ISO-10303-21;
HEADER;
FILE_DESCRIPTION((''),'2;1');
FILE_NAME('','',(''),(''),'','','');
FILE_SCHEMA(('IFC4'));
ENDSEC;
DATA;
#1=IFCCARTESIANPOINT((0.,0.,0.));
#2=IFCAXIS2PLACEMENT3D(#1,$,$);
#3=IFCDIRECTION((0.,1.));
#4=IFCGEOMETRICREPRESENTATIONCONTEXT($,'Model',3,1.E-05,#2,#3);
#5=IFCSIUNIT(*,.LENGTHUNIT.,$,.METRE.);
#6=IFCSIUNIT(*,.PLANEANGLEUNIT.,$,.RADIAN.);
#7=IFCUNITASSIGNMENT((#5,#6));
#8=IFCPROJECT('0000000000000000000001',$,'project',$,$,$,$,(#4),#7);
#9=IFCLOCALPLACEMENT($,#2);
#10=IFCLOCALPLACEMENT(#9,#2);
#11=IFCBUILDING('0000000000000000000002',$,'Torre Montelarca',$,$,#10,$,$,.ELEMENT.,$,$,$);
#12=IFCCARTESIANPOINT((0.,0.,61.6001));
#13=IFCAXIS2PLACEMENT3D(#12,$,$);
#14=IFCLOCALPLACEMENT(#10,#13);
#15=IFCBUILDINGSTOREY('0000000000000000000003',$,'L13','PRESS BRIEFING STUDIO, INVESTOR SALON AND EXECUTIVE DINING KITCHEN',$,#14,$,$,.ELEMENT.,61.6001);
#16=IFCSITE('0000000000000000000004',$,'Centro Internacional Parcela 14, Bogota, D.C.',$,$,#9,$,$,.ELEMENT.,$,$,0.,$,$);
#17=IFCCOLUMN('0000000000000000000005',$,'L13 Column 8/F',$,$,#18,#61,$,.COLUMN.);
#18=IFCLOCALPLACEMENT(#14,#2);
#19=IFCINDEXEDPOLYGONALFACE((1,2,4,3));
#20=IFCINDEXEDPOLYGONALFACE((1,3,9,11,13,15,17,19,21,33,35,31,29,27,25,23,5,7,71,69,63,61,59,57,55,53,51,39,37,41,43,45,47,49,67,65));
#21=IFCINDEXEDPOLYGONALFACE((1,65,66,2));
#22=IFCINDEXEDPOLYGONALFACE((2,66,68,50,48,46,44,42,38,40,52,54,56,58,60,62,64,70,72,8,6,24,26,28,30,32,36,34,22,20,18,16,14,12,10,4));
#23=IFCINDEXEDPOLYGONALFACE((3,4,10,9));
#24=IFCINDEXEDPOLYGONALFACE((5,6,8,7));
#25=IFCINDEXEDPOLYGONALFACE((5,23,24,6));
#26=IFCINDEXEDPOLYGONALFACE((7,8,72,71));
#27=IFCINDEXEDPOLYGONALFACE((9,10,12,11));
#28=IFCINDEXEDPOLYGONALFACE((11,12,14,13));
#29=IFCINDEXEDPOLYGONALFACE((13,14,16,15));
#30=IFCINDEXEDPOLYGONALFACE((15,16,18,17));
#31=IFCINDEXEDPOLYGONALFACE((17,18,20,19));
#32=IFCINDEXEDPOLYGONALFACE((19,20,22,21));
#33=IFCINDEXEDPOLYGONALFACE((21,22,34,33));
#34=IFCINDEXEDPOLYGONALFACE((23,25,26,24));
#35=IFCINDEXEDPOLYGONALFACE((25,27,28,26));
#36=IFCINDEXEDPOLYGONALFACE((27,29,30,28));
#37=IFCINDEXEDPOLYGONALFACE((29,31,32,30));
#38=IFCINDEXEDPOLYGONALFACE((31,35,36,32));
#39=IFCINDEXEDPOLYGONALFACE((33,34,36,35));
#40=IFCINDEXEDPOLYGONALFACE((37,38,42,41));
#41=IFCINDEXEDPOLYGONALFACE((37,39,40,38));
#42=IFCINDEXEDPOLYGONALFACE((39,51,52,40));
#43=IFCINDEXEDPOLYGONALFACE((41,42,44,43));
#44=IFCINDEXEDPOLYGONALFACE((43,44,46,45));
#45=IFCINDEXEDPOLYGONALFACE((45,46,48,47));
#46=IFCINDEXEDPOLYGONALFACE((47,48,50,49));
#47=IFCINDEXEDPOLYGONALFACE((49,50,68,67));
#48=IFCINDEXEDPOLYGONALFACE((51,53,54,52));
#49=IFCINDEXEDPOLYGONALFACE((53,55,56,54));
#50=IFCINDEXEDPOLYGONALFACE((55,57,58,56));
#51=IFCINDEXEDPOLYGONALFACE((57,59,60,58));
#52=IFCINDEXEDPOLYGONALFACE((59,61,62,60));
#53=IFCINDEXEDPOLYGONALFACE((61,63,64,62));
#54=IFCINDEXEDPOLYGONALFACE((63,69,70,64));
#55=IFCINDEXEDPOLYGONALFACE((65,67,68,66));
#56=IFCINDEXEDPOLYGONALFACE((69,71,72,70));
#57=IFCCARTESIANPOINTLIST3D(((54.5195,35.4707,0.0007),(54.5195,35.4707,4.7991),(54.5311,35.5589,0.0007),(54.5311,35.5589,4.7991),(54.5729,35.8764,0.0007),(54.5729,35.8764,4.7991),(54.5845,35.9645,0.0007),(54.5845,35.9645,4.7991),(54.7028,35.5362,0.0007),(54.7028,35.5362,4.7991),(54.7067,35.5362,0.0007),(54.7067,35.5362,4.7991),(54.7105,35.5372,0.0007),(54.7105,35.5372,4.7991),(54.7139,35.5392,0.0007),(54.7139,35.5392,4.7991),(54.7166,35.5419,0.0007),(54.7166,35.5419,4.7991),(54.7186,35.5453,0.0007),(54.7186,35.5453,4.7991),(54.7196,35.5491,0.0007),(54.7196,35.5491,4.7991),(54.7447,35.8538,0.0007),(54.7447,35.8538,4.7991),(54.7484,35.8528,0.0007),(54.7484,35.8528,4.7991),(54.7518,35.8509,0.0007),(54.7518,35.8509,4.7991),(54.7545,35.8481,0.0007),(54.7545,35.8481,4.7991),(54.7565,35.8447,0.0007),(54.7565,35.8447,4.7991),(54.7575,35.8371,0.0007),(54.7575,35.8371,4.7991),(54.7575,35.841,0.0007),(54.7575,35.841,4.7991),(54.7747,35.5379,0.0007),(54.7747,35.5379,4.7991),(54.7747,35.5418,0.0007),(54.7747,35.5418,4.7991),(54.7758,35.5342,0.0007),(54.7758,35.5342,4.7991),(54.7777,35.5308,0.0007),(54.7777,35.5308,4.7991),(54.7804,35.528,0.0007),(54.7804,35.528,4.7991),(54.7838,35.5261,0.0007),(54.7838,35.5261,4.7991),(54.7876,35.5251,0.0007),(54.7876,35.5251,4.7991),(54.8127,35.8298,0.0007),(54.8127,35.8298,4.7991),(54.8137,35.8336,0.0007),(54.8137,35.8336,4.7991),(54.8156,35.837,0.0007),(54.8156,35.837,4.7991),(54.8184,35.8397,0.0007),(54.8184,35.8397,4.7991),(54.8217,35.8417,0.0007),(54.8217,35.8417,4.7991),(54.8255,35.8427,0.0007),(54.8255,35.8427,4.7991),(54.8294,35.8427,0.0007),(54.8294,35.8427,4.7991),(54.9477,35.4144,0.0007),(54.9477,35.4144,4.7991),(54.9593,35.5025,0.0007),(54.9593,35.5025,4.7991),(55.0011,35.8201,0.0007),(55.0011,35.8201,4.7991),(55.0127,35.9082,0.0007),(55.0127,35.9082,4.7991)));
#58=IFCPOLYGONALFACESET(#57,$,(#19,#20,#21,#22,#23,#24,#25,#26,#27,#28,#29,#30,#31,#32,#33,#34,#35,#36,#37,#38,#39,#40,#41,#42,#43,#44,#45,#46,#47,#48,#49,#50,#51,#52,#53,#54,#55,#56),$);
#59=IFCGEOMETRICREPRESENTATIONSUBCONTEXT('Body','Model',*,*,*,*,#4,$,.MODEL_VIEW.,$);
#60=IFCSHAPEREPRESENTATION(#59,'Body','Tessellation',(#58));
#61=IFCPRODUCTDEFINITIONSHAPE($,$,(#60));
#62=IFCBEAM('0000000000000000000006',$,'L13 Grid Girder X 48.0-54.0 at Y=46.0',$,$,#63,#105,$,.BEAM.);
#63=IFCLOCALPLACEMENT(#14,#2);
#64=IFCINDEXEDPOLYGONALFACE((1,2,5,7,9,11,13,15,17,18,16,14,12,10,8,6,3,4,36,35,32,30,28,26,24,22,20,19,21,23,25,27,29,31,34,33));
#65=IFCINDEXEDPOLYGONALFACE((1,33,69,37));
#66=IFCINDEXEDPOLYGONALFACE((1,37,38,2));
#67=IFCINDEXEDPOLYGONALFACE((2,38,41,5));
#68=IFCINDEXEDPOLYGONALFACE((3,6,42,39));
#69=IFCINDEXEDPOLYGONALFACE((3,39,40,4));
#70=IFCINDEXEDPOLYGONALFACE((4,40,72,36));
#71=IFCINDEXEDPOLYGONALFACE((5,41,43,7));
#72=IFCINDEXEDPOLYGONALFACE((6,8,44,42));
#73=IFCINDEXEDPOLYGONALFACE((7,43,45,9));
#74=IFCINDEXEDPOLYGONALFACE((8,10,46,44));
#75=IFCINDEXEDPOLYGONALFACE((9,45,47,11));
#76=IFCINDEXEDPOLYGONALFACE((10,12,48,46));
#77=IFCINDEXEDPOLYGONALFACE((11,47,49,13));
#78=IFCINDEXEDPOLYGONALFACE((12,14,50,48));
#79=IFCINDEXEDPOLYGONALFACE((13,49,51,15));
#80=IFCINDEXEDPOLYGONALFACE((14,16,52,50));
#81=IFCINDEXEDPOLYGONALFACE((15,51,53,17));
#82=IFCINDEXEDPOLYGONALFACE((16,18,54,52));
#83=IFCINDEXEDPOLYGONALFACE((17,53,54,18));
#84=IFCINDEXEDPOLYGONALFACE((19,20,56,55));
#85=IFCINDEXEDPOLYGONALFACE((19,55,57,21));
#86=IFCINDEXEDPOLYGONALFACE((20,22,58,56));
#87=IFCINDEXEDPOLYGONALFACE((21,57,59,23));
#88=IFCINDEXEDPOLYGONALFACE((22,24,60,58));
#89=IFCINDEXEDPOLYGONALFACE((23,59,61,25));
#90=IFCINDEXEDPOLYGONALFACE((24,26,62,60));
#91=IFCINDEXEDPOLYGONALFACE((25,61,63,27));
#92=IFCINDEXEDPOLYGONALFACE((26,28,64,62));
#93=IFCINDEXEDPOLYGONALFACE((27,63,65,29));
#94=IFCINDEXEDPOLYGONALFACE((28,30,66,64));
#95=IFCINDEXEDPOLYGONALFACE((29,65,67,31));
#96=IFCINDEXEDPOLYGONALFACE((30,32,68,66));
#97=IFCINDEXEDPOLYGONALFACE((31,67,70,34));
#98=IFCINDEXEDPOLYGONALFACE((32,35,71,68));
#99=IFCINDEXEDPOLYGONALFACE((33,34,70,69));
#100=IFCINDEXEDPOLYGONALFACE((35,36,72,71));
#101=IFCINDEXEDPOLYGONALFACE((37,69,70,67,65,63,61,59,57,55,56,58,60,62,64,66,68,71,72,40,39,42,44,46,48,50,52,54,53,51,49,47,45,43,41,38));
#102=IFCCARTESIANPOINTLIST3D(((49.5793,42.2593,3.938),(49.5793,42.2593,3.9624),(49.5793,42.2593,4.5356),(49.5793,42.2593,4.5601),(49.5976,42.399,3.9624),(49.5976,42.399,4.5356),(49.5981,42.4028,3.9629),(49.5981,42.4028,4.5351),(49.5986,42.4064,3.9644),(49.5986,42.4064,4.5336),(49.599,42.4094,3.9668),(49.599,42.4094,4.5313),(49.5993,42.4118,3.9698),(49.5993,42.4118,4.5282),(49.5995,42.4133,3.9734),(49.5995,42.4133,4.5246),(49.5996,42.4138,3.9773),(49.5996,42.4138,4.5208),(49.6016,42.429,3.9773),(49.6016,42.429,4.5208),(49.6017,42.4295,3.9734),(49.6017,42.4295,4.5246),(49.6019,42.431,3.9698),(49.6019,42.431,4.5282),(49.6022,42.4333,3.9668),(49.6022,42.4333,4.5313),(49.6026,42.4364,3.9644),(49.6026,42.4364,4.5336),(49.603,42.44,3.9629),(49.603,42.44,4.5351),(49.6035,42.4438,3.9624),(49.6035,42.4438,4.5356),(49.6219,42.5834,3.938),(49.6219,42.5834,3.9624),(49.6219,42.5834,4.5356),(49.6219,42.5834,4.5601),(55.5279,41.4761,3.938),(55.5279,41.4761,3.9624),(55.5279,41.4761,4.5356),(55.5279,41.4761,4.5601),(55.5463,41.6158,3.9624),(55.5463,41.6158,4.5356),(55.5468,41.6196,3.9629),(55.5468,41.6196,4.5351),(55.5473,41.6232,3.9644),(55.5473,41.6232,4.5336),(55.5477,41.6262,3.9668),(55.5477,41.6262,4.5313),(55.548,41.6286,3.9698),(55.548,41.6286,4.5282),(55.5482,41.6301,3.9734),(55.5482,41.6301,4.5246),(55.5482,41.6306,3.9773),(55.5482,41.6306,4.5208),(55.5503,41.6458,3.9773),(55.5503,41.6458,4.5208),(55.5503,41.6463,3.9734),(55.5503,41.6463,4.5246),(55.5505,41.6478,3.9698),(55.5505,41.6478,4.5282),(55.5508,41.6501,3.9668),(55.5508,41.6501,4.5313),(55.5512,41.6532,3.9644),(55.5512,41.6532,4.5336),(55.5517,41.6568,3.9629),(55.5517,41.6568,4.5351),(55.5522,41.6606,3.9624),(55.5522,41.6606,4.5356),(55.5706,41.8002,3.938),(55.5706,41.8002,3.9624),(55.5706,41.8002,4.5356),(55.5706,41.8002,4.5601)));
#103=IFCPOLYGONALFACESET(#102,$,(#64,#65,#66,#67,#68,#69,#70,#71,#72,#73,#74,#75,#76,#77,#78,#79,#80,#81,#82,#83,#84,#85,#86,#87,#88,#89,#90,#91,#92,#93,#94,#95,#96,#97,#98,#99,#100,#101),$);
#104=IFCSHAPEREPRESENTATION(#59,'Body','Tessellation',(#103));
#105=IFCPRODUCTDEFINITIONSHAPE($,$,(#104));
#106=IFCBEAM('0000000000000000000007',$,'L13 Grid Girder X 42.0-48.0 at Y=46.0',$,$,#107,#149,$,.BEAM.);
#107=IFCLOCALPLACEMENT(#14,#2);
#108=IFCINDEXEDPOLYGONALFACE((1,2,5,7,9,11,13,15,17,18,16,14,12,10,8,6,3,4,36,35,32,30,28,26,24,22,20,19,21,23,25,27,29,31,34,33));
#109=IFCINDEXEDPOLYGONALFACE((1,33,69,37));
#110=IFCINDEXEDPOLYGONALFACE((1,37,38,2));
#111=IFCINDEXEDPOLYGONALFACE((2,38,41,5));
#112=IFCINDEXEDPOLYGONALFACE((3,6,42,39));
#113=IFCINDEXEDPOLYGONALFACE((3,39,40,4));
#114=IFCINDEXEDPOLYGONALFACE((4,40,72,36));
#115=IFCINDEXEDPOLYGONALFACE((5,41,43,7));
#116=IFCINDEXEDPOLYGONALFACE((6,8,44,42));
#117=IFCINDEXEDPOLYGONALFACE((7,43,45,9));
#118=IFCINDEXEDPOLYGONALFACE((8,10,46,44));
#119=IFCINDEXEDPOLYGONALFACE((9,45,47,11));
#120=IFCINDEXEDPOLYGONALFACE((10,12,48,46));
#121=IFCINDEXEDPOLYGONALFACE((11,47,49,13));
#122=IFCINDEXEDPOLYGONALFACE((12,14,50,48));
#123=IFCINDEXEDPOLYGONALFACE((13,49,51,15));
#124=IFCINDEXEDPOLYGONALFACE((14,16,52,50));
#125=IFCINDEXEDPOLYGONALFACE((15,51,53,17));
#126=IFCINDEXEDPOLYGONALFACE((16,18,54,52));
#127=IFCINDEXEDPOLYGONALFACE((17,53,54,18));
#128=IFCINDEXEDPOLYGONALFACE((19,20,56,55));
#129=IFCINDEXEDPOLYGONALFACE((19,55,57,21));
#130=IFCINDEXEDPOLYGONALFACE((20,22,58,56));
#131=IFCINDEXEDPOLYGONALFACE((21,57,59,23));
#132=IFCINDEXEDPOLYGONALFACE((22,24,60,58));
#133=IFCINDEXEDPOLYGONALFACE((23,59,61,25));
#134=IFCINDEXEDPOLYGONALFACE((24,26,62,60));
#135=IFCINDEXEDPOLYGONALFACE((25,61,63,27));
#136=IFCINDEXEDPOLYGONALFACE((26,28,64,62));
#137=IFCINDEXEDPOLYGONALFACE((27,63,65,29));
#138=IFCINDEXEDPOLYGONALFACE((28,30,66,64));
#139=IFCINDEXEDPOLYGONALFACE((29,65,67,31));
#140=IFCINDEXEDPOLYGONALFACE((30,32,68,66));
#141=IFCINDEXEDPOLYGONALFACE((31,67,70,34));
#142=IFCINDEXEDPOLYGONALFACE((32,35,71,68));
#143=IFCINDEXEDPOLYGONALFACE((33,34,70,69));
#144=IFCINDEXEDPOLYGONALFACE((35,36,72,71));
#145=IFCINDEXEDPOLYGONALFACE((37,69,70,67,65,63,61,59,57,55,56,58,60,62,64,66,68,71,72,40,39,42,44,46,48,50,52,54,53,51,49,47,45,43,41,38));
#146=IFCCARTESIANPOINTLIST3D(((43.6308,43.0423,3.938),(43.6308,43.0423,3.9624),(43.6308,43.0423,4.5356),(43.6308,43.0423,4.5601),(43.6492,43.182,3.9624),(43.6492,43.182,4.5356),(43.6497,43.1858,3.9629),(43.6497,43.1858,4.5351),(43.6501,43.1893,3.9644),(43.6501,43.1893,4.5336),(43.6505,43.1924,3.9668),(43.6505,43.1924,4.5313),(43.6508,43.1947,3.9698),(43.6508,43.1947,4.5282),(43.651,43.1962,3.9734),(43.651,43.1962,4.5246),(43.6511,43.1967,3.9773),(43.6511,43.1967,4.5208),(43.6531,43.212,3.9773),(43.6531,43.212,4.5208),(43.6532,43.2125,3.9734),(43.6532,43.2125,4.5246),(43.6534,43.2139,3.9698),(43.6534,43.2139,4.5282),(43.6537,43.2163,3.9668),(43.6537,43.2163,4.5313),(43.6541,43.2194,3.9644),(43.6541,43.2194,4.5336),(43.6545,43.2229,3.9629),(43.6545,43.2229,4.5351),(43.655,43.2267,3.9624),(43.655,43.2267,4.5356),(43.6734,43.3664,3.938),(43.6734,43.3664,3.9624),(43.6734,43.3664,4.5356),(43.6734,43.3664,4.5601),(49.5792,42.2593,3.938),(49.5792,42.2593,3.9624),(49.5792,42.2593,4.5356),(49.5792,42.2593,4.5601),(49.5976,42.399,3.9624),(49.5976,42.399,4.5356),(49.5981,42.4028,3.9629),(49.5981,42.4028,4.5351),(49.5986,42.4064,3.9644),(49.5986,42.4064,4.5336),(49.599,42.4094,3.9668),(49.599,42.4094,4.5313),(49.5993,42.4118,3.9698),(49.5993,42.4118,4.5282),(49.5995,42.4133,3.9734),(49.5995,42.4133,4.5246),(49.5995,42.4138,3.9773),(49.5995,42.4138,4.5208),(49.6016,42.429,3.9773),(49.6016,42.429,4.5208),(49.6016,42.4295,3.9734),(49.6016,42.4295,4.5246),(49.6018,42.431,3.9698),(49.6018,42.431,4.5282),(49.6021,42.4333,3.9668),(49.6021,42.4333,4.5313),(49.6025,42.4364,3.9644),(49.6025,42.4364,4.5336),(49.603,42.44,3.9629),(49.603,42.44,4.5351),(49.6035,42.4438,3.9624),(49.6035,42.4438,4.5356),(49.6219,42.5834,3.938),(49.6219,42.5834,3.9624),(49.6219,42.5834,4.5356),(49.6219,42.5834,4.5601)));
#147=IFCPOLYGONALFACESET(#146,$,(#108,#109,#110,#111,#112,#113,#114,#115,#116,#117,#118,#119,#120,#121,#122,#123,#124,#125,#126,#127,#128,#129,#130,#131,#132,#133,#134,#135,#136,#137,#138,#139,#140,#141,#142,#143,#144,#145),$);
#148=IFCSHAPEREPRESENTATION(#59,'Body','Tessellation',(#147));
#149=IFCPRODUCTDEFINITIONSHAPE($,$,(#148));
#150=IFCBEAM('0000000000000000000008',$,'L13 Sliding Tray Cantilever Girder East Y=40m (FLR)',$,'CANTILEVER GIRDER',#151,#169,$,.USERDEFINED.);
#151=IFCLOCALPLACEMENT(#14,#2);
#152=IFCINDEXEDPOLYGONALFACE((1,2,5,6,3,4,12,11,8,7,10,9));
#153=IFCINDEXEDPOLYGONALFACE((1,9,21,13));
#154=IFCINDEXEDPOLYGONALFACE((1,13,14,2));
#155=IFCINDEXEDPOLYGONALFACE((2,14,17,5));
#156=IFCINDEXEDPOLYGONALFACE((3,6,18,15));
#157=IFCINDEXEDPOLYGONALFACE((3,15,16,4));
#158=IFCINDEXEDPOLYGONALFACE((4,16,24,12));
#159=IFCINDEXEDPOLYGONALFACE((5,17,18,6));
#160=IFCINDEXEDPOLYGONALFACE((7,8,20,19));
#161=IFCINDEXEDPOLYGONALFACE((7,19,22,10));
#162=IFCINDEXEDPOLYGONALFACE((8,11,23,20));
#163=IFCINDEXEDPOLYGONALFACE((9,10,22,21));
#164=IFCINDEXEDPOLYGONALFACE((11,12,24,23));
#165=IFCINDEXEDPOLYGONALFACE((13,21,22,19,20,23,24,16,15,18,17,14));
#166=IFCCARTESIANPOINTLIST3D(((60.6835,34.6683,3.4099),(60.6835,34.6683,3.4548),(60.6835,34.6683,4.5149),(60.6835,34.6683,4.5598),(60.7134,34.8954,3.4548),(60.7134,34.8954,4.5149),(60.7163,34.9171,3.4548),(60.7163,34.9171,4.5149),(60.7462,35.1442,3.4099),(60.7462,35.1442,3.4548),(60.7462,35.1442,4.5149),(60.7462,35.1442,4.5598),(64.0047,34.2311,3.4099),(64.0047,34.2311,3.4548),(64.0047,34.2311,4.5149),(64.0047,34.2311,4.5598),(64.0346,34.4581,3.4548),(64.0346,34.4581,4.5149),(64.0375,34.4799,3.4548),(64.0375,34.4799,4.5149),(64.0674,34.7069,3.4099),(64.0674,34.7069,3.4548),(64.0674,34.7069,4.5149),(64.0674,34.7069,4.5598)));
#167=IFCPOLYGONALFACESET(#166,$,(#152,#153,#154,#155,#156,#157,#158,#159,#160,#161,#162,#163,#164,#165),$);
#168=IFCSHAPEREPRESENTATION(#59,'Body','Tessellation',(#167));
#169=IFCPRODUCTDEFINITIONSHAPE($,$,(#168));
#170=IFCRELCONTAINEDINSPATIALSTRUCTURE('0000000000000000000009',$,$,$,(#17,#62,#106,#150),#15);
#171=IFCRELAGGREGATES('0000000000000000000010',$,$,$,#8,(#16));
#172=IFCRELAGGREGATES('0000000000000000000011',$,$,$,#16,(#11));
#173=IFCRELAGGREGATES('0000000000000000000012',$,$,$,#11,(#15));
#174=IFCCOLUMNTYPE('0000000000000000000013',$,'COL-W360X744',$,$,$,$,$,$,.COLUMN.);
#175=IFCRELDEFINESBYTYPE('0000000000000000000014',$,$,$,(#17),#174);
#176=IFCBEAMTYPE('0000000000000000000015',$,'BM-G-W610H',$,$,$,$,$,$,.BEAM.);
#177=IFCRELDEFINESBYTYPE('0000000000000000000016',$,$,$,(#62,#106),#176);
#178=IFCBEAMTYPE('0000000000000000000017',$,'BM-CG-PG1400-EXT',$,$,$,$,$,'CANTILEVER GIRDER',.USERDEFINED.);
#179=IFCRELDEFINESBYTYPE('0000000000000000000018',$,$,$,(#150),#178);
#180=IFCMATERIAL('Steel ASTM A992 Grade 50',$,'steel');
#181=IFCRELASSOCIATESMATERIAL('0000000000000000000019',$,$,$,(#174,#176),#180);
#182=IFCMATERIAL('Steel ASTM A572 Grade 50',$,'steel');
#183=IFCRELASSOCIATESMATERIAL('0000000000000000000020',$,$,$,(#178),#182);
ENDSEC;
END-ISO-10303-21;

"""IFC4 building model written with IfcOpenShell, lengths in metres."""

from ifc_helpers import new_model, si_unit, direction, frame, origin, origin_2d, place, context, subcontext, project, spatial, i_section, extrude, source, transform, mapped, material, material_profile, profile_set, type_object, element, save


model = new_model("IFC4")

# Units and contexts
model_context = context("Model", 3, precision=1e-05, world=origin(), true_north=direction((0.0, 1.0)))
body_context = subcontext(model_context, "Body", "Model", "MODEL_VIEW")
ifc_project = project(units=[si_unit("LENGTHUNIT", "METRE"), si_unit("PLANEANGLEUNIT", "RADIAN")], contexts=[model_context])

# Site, building, storey
site_placement = place(None, origin())
site = spatial("IfcSite", under=ifc_project, at=site_placement, Name="Centro Internacional Parcela 14, Bogota, D.C.", CompositionType="ELEMENT", RefElevation=0.0)
building_placement = place(site_placement, origin())
building = spatial("IfcBuilding", under=site, at=building_placement, Name="Torre Montelarca", CompositionType="ELEMENT")
storey_placement = place(building_placement, frame((0.0, 0.0, 61.6001)))
storey = spatial("IfcBuildingStorey", under=building, at=storey_placement, Name="L13", Description="PRESS BRIEFING STUDIO, INVESTOR SALON AND EXECUTIVE DINING KITCHEN", CompositionType="ELEMENT", Elevation=61.6001)

# Column
ifc_material_1 = material(Name="Steel ASTM A992 Grade 50", Category="steel")
ifc_material_profile_1 = material_profile(ifc_material_1, i_section(OverallWidth=0.4319, OverallDepth=0.498, WebThickness=0.0557, FlangeThickness=0.0889, FilletRadius=0.0149, at=origin_2d()), Name="W360X744", Category="steel")
ifc_profile_set_1 = profile_set([ifc_material_profile_1], Name="Steel ASTM A992 Grade 50")
column_type_1 = type_object("IfcColumnType", Name="COL-W360X744", PredefinedType="COLUMN", material=ifc_profile_set_1)
shared_shape_1 = source(origin(), body_context, "Body", "SweptSolid", [
    extrude(i_section(OverallWidth=0.4319, OverallDepth=0.498, WebThickness=0.0557, FlangeThickness=0.0889, FilletRadius=0.0149, at=origin_2d()), origin(), (0.0, 0.0, 1.0), 4.7983),
])
for number, where, z_axis, x_axis, name in (
    (1, (54.7661, 35.6895, 0.0007), (0.0, 0.0, 1.0), (-0.991445, 0.130526, 0.0), "L13 Column 8/F"),
):
    element("IfcColumn", number, at=place(storey_placement, frame(where, z_axis=z_axis, x_axis=x_axis)), inside=storey, type_object=column_type_1, Name=name, PredefinedType="COLUMN", context=body_context, shape_type="MappedRepresentation", body=[
        mapped(shared_shape_1, transform((0.0, 0.0, 0.0), scale=1.0)),
    ])

# Beams
ifc_material_profile_2 = material_profile(ifc_material_1, i_section(OverallWidth=0.3269, OverallDepth=0.6221, WebThickness=0.0154, FlangeThickness=0.0244, FilletRadius=0.0149, at=origin_2d()), Name="W610X195", Category="steel")
ifc_profile_set_2 = profile_set([ifc_material_profile_2], Name="Steel ASTM A992 Grade 50")
beam_type_1 = type_object("IfcBeamType", Name="BM-G-W610H", PredefinedType="BEAM", material=ifc_profile_set_2)
shared_shape_2 = source(origin(), body_context, "Body", "SweptSolid", [
    extrude(i_section(OverallWidth=0.3269, OverallDepth=0.6221, WebThickness=0.0154, FlangeThickness=0.0244, FilletRadius=0.0149, at=origin_2d()), origin(), (0.0, 0.0, 1.0), 6.0),
])
beam_1_placement = place(storey_placement, frame((49.6006, 42.4214, 4.249), z_axis=(0.991444, -0.130532, 0.0), x_axis=(0.130532, 0.991444, 0.0)))
element("IfcBeam", 2, at=beam_1_placement, inside=storey, type_object=beam_type_1, Name="L13 Grid Girder X 48.0-54.0 at Y=46.0", PredefinedType="BEAM", context=body_context, shape_type="MappedRepresentation", body=[
    mapped(shared_shape_2, transform((0.0, 0.0, 0.0), scale=1.0)),
])
shared_shape_3 = source(origin(), body_context, "Body", "SweptSolid", [
    extrude(i_section(OverallWidth=0.3269, OverallDepth=0.6221, WebThickness=0.0154, FlangeThickness=0.0244, FilletRadius=0.0149, at=origin_2d()), origin(), (0.0, 0.0, 1.0), 5.9998),
])
beam_2_placement = place(storey_placement, frame((43.6521, 43.2043, 4.249), z_axis=(0.991449, -0.130498, 0.0), x_axis=(0.130498, 0.991449, 0.0)))
element("IfcBeam", 3, at=beam_2_placement, inside=storey, type_object=beam_type_1, Name="L13 Grid Girder X 42.0-48.0 at Y=46.0", PredefinedType="BEAM", context=body_context, shape_type="MappedRepresentation", body=[
    mapped(shared_shape_3, transform((0.0, 0.0, 0.0), scale=1.0)),
])
ifc_material_2 = material(Name="Steel ASTM A572 Grade 50", Category="steel")
ifc_material_profile_3 = material_profile(ifc_material_2, i_section(OverallWidth=0.48, OverallDepth=1.1499, WebThickness=0.022, FlangeThickness=0.0449, at=origin_2d()), Name="PG1150X480X22X45", Category="steel")
ifc_profile_set_3 = profile_set([ifc_material_profile_3], Name="Steel ASTM A572 Grade 50")
beam_type_2 = type_object("IfcBeamType", Name="BM-CG-PG1400-EXT", ElementType="CANTILEVER GIRDER", PredefinedType="USERDEFINED", material=ifc_profile_set_3)
shared_shape_4 = source(origin(), body_context, "Body", "SweptSolid", [
    extrude(i_section(OverallWidth=0.48, OverallDepth=1.1499, WebThickness=0.022, FlangeThickness=0.0449, at=origin_2d()), origin(), (0.0, 0.0, 1.0), 3.3499),
])
beam_3_placement = place(storey_placement, frame((60.7148, 34.9062, 3.9849), z_axis=(0.991445, -0.130526, 0.0), x_axis=(0.130526, 0.991445, 0.0)))
element("IfcBeam", 4, at=beam_3_placement, inside=storey, type_object=beam_type_2, Name="L13 Sliding Tray Cantilever Girder East Y=40m (FLR)", ObjectType="CANTILEVER GIRDER", PredefinedType="USERDEFINED", context=body_context, shape_type="MappedRepresentation", body=[
    mapped(shared_shape_4, transform((0.0, 0.0, 0.0), scale=1.0)),
])

save(model, "model.ifc")
